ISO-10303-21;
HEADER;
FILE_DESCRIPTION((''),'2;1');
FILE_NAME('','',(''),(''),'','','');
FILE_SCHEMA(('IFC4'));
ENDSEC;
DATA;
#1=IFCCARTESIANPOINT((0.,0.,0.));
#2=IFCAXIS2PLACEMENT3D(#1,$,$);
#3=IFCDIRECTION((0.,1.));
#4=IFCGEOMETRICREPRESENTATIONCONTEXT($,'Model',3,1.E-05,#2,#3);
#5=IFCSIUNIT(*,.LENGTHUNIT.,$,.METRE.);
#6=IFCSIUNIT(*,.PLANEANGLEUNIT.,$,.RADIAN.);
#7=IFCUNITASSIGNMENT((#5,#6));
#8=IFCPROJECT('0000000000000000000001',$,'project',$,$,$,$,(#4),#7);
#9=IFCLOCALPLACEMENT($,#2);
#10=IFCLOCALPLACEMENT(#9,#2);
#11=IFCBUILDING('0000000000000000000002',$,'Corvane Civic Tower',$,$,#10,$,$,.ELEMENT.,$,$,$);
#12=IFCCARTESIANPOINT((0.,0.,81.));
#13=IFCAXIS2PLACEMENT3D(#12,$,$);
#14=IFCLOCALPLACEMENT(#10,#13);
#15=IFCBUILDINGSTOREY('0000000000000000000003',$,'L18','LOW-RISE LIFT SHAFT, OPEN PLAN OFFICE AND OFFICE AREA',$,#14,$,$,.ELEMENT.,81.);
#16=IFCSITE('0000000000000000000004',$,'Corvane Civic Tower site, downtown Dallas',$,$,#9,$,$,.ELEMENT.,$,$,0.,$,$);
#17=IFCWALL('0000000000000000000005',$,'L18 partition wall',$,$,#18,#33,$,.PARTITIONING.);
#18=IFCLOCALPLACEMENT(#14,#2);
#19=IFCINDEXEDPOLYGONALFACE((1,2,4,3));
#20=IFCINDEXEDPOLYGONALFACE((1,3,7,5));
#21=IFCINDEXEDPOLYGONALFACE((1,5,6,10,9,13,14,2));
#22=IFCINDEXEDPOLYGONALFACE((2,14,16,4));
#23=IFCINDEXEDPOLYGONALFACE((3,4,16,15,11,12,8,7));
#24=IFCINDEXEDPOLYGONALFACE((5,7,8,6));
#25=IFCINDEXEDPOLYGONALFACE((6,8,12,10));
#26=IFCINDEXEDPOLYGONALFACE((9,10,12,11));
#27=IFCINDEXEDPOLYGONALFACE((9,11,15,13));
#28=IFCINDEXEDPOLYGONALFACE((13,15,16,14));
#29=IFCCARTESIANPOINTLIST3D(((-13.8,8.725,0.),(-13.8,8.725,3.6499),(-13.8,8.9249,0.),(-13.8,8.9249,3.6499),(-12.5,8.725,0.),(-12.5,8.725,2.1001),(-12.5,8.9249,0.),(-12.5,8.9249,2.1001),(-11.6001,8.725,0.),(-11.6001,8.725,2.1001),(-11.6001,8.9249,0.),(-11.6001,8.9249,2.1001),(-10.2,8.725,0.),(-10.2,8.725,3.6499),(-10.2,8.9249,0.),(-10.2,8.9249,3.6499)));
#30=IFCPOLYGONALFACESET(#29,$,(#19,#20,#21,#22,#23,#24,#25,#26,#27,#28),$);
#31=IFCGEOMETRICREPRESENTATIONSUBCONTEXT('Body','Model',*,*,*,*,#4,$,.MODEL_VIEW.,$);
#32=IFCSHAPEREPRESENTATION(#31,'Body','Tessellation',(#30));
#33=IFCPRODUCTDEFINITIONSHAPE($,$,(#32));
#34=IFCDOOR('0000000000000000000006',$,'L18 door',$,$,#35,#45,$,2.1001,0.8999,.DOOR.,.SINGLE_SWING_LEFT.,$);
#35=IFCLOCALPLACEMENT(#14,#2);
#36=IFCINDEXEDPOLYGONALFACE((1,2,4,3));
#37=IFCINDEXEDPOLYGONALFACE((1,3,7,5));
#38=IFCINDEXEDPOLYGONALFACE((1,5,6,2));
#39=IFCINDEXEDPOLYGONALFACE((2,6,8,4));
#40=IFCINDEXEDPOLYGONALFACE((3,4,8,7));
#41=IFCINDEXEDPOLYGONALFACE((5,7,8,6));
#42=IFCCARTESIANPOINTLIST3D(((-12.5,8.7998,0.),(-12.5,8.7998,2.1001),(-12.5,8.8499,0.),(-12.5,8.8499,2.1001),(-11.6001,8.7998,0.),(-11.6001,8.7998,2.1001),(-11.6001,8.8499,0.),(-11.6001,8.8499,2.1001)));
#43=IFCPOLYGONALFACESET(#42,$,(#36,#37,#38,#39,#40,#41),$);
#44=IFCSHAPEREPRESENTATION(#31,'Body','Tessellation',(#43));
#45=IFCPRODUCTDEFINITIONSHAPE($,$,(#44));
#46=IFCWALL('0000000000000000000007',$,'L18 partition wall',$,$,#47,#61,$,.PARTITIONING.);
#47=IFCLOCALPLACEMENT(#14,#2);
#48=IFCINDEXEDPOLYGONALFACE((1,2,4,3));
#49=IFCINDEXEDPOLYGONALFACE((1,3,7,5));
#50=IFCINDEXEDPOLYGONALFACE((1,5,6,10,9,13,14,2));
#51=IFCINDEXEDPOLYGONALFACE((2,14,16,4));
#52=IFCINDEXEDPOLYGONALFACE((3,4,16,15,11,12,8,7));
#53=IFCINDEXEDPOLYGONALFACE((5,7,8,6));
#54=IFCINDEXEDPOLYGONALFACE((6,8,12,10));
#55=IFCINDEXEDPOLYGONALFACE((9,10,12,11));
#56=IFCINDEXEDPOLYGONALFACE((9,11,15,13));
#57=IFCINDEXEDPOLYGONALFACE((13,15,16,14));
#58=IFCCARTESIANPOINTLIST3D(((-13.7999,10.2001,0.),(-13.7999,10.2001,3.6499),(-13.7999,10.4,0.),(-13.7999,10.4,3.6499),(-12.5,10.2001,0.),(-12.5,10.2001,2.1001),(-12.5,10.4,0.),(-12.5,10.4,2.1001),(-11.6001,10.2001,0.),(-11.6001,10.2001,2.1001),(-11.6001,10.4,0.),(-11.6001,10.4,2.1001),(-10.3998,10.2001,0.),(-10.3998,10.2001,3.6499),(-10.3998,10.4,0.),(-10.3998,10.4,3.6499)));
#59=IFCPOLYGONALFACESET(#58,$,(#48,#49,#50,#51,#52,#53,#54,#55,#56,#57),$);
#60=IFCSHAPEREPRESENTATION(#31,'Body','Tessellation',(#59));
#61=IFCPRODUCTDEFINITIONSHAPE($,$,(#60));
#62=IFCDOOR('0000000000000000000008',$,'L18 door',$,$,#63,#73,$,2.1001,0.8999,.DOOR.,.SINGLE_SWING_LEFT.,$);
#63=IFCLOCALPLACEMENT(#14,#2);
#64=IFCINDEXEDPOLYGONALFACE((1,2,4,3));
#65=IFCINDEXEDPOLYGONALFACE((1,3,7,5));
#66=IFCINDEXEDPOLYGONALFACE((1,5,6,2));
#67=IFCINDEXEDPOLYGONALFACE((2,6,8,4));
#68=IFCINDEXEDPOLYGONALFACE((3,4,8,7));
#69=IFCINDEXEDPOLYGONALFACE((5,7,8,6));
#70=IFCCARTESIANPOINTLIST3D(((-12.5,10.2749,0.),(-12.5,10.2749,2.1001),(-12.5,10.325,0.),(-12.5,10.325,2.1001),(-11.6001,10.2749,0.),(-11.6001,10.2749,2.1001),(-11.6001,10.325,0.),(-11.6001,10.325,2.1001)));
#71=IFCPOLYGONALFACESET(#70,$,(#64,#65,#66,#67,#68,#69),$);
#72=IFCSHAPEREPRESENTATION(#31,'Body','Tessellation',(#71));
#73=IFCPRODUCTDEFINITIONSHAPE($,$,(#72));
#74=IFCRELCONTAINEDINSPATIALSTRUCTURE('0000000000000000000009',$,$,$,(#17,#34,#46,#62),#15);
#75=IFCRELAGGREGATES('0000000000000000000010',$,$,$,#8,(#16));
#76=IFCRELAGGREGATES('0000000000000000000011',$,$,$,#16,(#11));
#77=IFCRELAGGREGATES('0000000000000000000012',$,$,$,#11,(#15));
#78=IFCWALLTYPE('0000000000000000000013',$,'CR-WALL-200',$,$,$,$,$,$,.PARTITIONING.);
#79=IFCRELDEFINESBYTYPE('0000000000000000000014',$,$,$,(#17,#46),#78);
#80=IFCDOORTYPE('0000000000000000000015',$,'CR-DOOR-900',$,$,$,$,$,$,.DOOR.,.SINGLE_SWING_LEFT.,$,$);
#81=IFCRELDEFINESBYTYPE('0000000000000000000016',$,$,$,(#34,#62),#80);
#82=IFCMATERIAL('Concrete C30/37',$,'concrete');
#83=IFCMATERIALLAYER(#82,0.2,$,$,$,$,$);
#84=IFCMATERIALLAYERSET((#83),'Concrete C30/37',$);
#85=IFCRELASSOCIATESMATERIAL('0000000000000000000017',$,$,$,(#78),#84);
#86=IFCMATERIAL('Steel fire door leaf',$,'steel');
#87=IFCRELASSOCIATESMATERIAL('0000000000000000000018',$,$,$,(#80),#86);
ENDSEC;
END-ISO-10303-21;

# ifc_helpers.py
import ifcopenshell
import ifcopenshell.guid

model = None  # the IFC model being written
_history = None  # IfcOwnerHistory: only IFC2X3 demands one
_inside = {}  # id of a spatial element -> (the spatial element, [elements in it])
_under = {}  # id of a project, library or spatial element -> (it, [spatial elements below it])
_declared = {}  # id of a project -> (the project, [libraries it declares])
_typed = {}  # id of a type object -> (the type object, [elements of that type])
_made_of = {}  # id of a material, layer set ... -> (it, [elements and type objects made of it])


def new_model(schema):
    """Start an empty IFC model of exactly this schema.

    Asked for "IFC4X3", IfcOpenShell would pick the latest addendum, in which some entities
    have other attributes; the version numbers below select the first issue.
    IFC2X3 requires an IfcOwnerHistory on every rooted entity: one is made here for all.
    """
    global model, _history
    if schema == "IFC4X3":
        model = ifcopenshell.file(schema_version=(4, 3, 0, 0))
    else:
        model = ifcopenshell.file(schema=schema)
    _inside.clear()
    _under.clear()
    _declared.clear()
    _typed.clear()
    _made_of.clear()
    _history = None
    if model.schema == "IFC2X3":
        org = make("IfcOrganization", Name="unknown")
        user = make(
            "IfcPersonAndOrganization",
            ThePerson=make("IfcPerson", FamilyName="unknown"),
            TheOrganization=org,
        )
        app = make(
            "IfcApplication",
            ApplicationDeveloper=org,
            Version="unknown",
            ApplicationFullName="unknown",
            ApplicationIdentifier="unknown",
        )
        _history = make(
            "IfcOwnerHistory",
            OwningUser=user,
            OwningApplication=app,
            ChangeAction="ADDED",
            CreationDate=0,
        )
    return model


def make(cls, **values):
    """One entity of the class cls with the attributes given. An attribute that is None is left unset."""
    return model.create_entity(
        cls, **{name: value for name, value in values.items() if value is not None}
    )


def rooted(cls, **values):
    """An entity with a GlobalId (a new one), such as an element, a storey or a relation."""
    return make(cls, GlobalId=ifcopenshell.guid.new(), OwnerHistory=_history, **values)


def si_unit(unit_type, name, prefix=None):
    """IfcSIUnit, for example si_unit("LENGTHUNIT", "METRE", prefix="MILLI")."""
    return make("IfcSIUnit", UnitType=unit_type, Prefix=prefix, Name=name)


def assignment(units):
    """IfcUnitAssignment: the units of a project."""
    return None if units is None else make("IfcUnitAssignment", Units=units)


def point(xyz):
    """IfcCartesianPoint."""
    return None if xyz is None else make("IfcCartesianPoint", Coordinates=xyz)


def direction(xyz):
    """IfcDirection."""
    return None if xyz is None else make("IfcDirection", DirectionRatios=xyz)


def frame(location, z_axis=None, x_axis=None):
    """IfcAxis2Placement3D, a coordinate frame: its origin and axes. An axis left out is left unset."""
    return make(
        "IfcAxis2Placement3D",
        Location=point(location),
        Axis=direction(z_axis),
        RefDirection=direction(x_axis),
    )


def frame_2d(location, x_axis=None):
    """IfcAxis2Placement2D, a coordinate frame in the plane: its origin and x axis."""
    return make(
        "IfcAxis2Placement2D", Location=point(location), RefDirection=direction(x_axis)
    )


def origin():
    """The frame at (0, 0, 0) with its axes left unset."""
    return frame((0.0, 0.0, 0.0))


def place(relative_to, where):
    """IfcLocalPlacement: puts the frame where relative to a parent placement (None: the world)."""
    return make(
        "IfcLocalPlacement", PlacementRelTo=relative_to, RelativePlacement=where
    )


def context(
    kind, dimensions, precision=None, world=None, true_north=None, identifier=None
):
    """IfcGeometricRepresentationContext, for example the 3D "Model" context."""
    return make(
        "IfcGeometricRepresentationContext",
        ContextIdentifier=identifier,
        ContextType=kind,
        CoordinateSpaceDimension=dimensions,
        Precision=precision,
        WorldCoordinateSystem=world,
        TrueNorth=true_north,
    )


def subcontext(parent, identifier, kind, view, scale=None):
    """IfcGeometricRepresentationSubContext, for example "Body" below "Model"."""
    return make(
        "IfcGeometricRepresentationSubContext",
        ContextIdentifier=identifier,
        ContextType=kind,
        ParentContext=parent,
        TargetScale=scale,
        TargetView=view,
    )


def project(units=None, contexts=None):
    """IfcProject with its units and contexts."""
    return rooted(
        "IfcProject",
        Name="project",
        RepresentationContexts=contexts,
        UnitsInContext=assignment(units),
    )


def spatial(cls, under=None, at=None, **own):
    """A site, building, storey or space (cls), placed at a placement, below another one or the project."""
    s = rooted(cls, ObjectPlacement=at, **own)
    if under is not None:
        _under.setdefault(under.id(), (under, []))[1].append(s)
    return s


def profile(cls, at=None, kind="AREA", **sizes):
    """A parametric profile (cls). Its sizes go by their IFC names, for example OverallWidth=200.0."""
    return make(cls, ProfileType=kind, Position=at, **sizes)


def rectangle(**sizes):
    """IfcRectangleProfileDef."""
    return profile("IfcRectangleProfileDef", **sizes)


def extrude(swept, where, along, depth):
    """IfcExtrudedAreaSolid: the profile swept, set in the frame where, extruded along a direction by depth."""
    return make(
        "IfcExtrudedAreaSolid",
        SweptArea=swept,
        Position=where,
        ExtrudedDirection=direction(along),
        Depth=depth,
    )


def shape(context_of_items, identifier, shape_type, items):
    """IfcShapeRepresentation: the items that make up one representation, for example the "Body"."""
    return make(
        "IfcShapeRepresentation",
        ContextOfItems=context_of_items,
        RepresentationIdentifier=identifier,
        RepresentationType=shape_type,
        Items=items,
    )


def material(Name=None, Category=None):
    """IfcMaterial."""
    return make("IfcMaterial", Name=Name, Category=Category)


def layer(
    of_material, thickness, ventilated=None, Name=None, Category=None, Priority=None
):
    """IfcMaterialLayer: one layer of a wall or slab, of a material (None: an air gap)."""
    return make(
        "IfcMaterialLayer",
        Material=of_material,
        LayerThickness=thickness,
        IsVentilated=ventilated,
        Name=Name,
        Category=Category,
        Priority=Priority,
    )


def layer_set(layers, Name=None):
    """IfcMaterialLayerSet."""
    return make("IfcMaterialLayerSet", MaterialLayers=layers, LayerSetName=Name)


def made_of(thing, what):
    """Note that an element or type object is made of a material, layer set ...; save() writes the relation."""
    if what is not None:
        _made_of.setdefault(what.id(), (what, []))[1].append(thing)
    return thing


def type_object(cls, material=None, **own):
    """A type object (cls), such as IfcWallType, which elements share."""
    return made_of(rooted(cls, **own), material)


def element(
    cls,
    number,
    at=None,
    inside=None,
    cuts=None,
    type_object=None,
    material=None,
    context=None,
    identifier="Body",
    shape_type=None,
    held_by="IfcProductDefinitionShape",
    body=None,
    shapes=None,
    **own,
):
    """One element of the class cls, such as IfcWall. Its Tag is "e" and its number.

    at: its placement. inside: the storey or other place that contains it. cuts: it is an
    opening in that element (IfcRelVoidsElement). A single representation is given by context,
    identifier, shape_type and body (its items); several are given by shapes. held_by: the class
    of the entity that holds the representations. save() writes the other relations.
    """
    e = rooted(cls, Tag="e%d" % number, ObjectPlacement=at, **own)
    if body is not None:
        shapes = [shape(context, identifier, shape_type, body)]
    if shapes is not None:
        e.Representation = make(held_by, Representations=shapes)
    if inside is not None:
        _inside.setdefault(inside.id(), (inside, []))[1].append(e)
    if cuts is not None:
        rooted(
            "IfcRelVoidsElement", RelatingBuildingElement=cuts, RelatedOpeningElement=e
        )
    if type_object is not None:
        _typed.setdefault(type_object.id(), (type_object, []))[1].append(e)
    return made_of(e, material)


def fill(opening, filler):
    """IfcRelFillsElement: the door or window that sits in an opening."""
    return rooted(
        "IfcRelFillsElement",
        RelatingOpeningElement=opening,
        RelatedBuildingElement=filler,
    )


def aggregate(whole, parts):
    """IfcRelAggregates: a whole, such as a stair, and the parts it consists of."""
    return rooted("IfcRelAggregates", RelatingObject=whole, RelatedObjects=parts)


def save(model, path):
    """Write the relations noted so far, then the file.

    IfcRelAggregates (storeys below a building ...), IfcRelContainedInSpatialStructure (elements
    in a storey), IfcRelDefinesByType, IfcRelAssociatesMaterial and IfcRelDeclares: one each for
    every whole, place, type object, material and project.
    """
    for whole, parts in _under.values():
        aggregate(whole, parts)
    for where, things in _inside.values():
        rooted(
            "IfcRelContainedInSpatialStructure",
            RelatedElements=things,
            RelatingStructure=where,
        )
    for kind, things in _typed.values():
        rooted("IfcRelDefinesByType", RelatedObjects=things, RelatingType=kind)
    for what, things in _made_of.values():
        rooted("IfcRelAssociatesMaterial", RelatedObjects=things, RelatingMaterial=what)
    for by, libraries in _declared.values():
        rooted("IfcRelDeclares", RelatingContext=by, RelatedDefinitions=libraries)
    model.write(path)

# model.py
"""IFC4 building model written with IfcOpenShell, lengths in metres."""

from ifc_helpers import new_model, si_unit, direction, frame, frame_2d, origin, place, context, subcontext, project, spatial, rectangle, extrude, material, layer, layer_set, type_object, element, fill, save


model = new_model("IFC4")

# Units and contexts
model_context = context("Model", 3, precision=1e-05, world=origin(), true_north=direction((0.0, 1.0)))
body_context = subcontext(model_context, "Body", "Model", "MODEL_VIEW")
ifc_project = project(units=[si_unit("LENGTHUNIT", "METRE"), si_unit("PLANEANGLEUNIT", "RADIAN")], contexts=[model_context])

# Site, building, storey
site_placement = place(None, origin())
site = spatial("IfcSite", under=ifc_project, at=site_placement, Name="Corvane Civic Tower site, downtown Dallas", CompositionType="ELEMENT", RefElevation=0.0)
building_placement = place(site_placement, origin())
building = spatial("IfcBuilding", under=site, at=building_placement, Name="Corvane Civic Tower", CompositionType="ELEMENT")
storey_placement = place(building_placement, frame((0.0, 0.0, 81.0)))
storey = spatial("IfcBuildingStorey", under=building, at=storey_placement, Name="L18", Description="LOW-RISE LIFT SHAFT, OPEN PLAN OFFICE AND OFFICE AREA", CompositionType="ELEMENT", Elevation=81.0)

# Shared definitions
ifc_material_1 = material(Name="Concrete C30/37", Category="concrete")
ifc_layer_1 = layer(ifc_material_1, 0.2)
ifc_layer_set_1 = layer_set([ifc_layer_1], Name="Concrete C30/37")
wall_type_1 = type_object("IfcWallType", Name="CR-WALL-200", PredefinedType="PARTITIONING", material=ifc_layer_set_1)

# Walls, openings, doors
ifc_material_2 = material(Name="Steel fire door leaf", Category="steel")
door_type_1 = type_object("IfcDoorType", Name="CR-DOOR-900", OperationType="SINGLE_SWING_LEFT", PredefinedType="DOOR", material=ifc_material_2)
wall_1_placement = place(storey_placement, frame((-13.8, 8.825, 0.0), z_axis=(0.0, 0.0, 1.0), x_axis=(1.0, 0.0, 0.0)))
wall_1 = element("IfcWall", 1, at=wall_1_placement, inside=storey, type_object=wall_type_1, Name="L18 partition wall", PredefinedType="PARTITIONING", context=body_context, shape_type="SweptSolid", body=[
    extrude(rectangle(XDim=3.6001, YDim=0.2, at=frame_2d((1.8, 0.0))), origin(), (0.0, 0.0, 1.0), 3.6499),
])
opening_1_placement = place(wall_1_placement, frame((1.3, 0.0, 0.0)))
opening_1 = element("IfcOpeningElement", 2, at=opening_1_placement, cuts=wall_1, PredefinedType="OPENING", context=body_context, shape_type="SweptSolid", body=[
    extrude(rectangle(XDim=0.8999, YDim=2.1001, at=frame_2d((0.45, 1.05))), frame((0.0, 0.1099, 0.0), z_axis=(0.0, -1.0, 0.0), x_axis=(1.0, 0.0, 0.0)), (0.0, 0.0, 1.0), 0.22),
])
door_1_placement = place(opening_1_placement, origin())
door_1 = element("IfcDoor", 3, at=door_1_placement, inside=storey, type_object=door_type_1, Name="L18 door", OperationType="SINGLE_SWING_LEFT", OverallHeight=2.1001, OverallWidth=0.8999, PredefinedType="DOOR", context=body_context, shape_type="SweptSolid", body=[
    extrude(rectangle(XDim=0.8999, YDim=2.1001, at=frame_2d((0.45, 1.05))), frame((0.0, 0.0249, 0.0), z_axis=(0.0, -1.0, 0.0), x_axis=(1.0, 0.0, 0.0)), (0.0, 0.0, 1.0), 0.05),
])
fill(opening_1, door_1)
wall_2_placement = place(storey_placement, frame((-13.8, 10.3, 0.0), z_axis=(0.0, 0.0, 1.0), x_axis=(1.0, 0.0, 0.0)))
wall_2 = element("IfcWall", 4, at=wall_2_placement, inside=storey, type_object=wall_type_1, Name="L18 partition wall", PredefinedType="PARTITIONING", context=body_context, shape_type="SweptSolid", body=[
    extrude(rectangle(XDim=3.4001, YDim=0.2, at=frame_2d((1.7002, 0.0))), origin(), (0.0, 0.0, 1.0), 3.6499),
])
opening_2_placement = place(wall_2_placement, frame((1.3, 0.0, 0.0)))
opening_2 = element("IfcOpeningElement", 5, at=opening_2_placement, cuts=wall_2, PredefinedType="OPENING", context=body_context, shape_type="SweptSolid", body=[
    extrude(rectangle(XDim=0.8999, YDim=2.1001, at=frame_2d((0.45, 1.05))), frame((0.0, 0.1099, 0.0), z_axis=(0.0, -1.0, 0.0), x_axis=(1.0, 0.0, 0.0)), (0.0, 0.0, 1.0), 0.22),
])
door_2_placement = place(opening_2_placement, origin())
door_2 = element("IfcDoor", 6, at=door_2_placement, inside=storey, type_object=door_type_1, Name="L18 door", OperationType="SINGLE_SWING_LEFT", OverallHeight=2.1001, OverallWidth=0.8999, PredefinedType="DOOR", context=body_context, shape_type="SweptSolid", body=[
    extrude(rectangle(XDim=0.8999, YDim=2.1001, at=frame_2d((0.45, 1.05))), frame((0.0, 0.0249, 0.0), z_axis=(0.0, -1.0, 0.0), x_axis=(1.0, 0.0, 0.0)), (0.0, 0.0, 1.0), 0.05),
])
fill(opening_2, door_2)

save(model, "model.ifc")
